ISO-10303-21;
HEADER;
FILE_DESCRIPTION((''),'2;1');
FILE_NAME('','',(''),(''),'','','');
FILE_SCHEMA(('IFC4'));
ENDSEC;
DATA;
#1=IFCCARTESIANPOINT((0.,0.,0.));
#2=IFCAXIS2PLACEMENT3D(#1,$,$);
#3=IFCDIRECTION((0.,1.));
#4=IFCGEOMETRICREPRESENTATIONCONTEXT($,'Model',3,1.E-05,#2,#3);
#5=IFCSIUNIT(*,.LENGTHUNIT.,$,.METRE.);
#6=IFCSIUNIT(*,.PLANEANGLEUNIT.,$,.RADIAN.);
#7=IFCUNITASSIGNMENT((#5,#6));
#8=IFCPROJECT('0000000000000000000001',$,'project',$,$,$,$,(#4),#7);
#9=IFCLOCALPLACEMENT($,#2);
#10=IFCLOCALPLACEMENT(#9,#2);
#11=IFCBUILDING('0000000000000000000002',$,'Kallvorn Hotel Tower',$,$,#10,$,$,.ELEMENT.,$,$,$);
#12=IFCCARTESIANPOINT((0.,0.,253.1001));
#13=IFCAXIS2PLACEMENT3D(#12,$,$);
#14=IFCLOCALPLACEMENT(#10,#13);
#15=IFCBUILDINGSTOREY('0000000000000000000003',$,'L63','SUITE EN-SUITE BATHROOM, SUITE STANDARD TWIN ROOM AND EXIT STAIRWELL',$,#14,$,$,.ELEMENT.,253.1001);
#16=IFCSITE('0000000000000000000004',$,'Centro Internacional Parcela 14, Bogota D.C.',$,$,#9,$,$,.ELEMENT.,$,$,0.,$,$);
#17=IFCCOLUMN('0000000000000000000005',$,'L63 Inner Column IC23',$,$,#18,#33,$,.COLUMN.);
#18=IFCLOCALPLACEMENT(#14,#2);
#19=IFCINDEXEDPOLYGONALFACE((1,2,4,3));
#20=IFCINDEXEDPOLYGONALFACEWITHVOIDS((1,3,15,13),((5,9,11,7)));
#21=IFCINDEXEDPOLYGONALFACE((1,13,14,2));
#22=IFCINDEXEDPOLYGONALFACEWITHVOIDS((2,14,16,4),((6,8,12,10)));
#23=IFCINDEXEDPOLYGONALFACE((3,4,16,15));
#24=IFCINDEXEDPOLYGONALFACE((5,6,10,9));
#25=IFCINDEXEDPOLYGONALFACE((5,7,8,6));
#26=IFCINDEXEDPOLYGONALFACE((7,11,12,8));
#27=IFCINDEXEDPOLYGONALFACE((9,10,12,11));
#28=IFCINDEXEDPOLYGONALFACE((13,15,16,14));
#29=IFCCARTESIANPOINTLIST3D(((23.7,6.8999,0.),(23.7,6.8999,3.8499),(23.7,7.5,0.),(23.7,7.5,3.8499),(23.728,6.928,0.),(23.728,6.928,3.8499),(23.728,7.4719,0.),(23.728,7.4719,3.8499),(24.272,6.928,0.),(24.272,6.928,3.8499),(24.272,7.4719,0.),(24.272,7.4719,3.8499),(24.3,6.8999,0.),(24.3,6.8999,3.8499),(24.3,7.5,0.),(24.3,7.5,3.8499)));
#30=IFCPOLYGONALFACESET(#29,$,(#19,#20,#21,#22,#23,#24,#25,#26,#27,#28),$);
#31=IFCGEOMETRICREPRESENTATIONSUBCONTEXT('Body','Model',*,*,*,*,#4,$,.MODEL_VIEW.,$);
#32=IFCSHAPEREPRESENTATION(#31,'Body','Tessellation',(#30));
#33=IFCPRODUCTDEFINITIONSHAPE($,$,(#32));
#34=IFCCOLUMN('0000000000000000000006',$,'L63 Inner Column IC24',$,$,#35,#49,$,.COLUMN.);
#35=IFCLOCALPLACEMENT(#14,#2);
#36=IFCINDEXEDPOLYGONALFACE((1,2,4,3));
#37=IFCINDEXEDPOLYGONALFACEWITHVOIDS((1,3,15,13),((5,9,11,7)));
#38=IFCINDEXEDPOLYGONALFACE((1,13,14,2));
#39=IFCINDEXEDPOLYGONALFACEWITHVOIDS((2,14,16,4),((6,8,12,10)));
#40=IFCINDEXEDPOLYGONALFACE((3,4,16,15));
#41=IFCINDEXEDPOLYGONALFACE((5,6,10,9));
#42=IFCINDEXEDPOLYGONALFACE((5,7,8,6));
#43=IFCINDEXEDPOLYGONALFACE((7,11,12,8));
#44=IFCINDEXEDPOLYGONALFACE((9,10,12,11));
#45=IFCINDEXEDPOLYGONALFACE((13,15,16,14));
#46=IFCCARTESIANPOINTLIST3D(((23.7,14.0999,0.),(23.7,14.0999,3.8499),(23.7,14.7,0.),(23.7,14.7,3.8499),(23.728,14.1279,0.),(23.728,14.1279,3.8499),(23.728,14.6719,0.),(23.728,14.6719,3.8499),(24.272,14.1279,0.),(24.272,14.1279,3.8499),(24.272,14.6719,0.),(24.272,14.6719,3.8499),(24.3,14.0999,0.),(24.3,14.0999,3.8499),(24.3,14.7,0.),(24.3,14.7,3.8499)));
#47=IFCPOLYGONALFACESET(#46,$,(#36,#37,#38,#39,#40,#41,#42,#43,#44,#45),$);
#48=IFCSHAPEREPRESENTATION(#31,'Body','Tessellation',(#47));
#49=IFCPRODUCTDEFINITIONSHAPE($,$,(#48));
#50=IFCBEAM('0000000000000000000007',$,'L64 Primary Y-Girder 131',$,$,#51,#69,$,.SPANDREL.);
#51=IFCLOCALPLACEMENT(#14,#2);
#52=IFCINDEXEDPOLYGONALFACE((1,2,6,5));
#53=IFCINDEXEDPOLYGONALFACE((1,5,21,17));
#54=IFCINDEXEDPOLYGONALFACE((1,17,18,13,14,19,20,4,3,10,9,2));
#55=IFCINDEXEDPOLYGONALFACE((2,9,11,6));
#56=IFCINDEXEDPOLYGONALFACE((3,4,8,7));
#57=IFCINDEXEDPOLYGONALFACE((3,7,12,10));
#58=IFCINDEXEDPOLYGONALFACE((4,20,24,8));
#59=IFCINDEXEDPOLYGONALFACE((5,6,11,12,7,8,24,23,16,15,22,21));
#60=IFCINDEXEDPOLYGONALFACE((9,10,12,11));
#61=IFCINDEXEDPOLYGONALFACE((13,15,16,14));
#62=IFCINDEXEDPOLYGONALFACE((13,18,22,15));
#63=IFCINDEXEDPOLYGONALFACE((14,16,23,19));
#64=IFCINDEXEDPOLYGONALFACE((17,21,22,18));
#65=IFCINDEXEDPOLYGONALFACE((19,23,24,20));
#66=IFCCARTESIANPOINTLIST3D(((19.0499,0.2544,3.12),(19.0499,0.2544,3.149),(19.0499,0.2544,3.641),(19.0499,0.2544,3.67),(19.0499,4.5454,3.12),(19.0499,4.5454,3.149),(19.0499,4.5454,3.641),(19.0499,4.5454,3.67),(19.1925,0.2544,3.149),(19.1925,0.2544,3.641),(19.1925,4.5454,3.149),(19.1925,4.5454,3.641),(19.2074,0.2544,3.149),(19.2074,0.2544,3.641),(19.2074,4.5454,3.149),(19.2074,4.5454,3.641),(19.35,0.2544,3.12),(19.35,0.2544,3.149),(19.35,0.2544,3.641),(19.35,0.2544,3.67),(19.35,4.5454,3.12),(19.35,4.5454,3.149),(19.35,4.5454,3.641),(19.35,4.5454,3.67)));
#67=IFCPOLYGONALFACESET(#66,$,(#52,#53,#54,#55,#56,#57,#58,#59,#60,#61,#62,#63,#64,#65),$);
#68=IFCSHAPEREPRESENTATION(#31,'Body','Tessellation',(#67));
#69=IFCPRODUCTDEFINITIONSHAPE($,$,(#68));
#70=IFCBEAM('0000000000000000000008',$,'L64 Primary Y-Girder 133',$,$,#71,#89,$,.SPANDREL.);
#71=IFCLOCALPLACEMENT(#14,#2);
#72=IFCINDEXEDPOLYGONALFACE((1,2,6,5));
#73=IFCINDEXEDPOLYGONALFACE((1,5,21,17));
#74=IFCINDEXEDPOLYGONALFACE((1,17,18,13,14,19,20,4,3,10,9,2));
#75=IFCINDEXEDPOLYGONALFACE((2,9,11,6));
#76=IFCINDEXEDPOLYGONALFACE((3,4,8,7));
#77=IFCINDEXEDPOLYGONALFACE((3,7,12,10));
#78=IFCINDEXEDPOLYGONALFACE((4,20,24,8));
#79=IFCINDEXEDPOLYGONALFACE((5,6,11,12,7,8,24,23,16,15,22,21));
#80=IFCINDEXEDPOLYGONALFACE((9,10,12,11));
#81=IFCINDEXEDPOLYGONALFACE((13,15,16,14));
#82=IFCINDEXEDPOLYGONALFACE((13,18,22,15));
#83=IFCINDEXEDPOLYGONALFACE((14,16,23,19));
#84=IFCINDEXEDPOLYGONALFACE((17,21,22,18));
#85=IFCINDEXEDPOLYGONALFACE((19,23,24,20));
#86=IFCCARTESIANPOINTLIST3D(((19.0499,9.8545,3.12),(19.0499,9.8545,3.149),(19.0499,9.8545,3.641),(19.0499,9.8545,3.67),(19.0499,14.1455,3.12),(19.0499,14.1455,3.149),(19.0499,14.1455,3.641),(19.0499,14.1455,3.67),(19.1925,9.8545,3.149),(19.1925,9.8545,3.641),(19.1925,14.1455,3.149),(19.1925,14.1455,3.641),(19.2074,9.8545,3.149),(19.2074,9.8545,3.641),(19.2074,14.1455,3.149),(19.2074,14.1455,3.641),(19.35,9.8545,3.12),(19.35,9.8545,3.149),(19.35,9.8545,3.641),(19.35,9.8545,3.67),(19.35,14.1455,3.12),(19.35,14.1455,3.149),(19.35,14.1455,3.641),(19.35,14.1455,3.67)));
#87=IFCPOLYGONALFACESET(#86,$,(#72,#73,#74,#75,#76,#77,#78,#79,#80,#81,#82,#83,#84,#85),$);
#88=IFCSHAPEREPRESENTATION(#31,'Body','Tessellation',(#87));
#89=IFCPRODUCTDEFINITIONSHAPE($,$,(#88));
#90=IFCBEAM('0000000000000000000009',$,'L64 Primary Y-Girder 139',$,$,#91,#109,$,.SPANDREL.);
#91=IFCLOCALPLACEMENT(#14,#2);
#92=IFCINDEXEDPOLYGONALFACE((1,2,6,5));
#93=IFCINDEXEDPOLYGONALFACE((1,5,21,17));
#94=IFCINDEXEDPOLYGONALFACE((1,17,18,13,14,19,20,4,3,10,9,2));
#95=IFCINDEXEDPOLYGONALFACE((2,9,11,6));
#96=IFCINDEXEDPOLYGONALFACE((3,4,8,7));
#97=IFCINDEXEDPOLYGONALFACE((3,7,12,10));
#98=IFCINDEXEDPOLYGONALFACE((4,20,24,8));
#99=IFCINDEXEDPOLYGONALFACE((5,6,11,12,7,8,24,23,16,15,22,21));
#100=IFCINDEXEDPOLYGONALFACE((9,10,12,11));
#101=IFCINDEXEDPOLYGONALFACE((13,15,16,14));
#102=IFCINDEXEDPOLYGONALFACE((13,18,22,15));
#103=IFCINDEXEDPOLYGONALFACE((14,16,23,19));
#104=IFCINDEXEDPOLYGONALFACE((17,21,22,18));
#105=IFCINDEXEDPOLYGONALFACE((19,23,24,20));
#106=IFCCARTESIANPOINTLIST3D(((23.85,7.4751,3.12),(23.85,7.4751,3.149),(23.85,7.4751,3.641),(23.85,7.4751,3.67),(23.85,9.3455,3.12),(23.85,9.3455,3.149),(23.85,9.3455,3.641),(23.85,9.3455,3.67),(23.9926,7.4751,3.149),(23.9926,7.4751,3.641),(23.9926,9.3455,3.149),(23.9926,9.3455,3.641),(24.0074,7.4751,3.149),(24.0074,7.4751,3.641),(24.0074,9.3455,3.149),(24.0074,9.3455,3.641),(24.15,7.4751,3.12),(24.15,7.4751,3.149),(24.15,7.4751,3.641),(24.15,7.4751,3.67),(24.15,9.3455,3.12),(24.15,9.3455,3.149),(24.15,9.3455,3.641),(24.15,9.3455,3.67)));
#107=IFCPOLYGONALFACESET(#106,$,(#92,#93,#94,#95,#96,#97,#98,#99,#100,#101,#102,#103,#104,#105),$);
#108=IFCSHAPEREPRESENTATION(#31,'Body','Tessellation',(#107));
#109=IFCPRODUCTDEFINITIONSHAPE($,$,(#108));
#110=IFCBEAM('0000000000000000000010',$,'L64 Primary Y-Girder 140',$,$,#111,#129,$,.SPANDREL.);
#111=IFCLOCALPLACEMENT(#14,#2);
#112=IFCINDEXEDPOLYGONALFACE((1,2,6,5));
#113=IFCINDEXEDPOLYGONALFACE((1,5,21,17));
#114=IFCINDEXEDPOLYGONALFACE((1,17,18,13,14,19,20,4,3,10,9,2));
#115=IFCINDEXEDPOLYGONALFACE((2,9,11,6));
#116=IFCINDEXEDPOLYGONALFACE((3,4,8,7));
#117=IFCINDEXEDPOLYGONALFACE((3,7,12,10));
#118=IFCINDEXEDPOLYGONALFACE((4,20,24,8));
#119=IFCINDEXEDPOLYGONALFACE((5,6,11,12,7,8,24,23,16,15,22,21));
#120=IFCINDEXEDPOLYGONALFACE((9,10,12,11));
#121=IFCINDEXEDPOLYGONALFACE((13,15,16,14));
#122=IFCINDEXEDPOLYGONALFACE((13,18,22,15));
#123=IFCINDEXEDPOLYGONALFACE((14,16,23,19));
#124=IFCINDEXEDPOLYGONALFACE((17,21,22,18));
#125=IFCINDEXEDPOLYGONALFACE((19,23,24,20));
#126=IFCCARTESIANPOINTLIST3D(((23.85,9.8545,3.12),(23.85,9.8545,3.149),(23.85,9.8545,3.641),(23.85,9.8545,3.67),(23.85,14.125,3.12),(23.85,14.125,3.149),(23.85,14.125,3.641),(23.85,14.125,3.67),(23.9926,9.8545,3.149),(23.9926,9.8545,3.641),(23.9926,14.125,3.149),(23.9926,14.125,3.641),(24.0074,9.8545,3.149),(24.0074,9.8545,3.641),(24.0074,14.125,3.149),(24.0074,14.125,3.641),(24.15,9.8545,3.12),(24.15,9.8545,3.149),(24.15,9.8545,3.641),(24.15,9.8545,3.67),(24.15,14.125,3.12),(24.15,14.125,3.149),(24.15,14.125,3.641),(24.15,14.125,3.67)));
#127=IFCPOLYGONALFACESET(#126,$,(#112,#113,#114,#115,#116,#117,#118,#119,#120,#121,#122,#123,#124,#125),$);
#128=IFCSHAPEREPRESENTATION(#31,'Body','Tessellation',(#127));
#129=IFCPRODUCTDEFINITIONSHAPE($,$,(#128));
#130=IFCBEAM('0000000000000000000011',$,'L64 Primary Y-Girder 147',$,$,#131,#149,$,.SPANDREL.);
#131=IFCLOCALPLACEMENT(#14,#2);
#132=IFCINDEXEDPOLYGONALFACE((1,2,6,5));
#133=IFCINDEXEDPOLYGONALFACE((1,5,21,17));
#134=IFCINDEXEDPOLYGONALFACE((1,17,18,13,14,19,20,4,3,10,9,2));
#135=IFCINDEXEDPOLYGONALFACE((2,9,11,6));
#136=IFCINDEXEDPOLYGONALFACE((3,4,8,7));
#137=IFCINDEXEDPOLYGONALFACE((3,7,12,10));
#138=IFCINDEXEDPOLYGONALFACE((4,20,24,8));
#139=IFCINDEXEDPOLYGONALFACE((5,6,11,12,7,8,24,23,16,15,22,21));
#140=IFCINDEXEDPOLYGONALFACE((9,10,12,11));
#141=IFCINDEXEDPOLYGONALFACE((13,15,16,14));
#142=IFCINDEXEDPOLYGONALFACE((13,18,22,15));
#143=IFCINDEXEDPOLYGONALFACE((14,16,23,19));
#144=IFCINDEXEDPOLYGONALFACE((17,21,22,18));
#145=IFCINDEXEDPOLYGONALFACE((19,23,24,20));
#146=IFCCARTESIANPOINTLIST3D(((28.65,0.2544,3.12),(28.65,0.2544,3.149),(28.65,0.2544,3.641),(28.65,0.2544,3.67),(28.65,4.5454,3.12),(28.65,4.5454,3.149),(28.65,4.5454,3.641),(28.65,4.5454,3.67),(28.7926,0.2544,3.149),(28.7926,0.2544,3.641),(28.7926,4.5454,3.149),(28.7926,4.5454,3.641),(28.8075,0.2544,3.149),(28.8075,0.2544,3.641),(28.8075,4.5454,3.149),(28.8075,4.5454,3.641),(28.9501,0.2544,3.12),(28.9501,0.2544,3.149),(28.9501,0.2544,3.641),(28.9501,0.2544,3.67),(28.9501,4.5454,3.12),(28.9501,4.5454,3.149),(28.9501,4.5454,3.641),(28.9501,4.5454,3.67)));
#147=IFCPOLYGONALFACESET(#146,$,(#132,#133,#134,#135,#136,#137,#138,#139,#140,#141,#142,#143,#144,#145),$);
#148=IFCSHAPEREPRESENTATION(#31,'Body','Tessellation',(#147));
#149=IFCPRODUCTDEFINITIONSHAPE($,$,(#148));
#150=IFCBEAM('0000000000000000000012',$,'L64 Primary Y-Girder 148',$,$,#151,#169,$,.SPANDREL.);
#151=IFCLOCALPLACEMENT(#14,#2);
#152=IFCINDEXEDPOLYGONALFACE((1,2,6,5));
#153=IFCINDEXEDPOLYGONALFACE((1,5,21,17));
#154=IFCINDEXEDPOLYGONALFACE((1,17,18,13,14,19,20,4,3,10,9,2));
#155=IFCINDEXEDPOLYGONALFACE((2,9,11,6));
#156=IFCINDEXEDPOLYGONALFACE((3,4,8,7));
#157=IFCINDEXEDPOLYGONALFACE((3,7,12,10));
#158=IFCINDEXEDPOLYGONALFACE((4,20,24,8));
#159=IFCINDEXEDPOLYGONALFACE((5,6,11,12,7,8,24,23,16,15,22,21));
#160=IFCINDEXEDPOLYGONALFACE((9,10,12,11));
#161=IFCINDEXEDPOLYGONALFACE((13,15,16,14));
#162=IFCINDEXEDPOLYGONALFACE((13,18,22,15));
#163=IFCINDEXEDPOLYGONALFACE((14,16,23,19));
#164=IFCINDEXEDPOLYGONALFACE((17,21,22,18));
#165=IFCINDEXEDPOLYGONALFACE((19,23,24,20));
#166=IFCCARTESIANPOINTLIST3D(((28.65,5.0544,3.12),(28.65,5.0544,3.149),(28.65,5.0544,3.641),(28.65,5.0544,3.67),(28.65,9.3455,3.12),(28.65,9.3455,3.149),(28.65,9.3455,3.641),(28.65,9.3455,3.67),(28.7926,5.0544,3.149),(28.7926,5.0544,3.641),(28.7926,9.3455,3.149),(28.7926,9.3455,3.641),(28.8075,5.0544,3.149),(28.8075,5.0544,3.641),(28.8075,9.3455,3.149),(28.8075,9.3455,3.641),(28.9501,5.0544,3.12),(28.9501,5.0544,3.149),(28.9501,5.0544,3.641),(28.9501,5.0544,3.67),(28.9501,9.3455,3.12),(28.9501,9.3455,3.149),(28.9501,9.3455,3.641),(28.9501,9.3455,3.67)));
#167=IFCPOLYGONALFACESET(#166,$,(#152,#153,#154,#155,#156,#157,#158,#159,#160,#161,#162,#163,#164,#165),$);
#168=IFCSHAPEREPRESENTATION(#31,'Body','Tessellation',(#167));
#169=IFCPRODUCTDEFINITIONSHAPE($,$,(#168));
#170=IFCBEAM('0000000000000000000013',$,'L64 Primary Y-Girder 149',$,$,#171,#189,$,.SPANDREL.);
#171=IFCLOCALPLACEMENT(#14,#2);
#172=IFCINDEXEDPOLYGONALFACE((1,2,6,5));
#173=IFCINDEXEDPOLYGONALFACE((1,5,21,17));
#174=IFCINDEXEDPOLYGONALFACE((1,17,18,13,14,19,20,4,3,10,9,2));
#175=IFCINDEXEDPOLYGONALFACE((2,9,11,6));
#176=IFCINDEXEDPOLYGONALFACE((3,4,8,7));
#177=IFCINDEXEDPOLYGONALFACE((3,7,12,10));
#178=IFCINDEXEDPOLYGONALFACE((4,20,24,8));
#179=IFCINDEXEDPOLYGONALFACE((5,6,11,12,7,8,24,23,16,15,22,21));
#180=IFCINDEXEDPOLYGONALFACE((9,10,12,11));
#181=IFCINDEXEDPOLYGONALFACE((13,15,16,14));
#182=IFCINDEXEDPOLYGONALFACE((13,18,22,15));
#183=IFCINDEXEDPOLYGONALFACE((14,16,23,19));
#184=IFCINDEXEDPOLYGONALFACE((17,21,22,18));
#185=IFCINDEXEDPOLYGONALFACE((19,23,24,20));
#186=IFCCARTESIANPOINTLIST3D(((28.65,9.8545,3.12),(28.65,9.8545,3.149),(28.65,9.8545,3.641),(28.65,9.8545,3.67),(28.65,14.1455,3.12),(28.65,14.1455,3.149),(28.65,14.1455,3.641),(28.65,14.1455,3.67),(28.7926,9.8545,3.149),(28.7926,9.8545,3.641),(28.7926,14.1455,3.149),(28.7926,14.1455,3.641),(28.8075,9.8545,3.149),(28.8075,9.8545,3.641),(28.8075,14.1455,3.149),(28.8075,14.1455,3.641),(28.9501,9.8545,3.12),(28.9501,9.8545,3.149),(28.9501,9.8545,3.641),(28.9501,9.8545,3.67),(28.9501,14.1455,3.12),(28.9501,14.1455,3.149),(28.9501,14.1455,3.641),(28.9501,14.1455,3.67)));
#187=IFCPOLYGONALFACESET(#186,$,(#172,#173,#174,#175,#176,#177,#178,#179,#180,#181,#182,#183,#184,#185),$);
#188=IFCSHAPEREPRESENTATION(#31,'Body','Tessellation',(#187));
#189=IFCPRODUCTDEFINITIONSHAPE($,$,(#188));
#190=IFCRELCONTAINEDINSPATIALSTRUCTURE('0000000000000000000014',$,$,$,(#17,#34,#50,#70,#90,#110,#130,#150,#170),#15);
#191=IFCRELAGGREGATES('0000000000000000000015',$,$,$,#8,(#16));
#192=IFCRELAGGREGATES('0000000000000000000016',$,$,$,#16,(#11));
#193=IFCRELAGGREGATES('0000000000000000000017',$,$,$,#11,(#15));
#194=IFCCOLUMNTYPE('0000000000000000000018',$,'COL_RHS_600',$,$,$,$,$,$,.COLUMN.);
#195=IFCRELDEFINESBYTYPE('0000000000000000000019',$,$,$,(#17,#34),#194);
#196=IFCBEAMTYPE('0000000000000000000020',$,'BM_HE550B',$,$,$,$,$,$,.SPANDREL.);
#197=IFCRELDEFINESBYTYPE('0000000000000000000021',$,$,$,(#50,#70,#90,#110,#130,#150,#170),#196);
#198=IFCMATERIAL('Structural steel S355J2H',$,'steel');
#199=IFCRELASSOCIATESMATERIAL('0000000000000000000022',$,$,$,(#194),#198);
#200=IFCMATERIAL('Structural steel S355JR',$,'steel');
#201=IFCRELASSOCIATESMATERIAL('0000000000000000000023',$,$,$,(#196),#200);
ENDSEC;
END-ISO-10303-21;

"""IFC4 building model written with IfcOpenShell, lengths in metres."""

from ifc_helpers import new_model, si_unit, direction, frame, origin, origin_2d, place, context, subcontext, project, spatial, hollow_rectangle, i_section, extrude, material, material_profile, profile_set, type_object, element, save


model = new_model("IFC4")

# Units and contexts
model_context = context("Model", 3, precision=1e-05, world=origin(), true_north=direction((0.0, 1.0)))
body_context = subcontext(model_context, "Body", "Model", "MODEL_VIEW")
ifc_project = project(units=[si_unit("LENGTHUNIT", "METRE"), si_unit("PLANEANGLEUNIT", "RADIAN")], contexts=[model_context])

# Site, building, storey
site_placement = place(None, origin())
site = spatial("IfcSite", under=ifc_project, at=site_placement, Name="Centro Internacional Parcela 14, Bogota D.C.", CompositionType="ELEMENT", RefElevation=0.0)
building_placement = place(site_placement, origin())
building = spatial("IfcBuilding", under=site, at=building_placement, Name="Kallvorn Hotel Tower", CompositionType="ELEMENT")
storey_placement = place(building_placement, frame((0.0, 0.0, 253.1001)))
storey = spatial("IfcBuildingStorey", under=building, at=storey_placement, Name="L63", Description="SUITE EN-SUITE BATHROOM, SUITE STANDARD TWIN ROOM AND EXIT STAIRWELL", CompositionType="ELEMENT", Elevation=253.1001)

# Columns
ifc_material_1 = material(Name="Structural steel S355J2H", Category="steel")
ifc_material_profile_1 = material_profile(ifc_material_1, hollow_rectangle(XDim=0.6001, YDim=0.6001, WallThickness=0.0281, at=origin_2d()), Name="RHS 600x600x28")
ifc_profile_set_1 = profile_set([ifc_material_profile_1], Name="Structural steel S355J2H")
column_type_1 = type_object("IfcColumnType", Name="COL_RHS_600", PredefinedType="COLUMN", material=ifc_profile_set_1)
for number, where, z_axis, x_axis, name in (
    (1, (24.0, 7.2, 0.0), (0.0, 0.0, 1.0), (1.0, 0.0, 0.0), "L63 Inner Column IC23"),
    (2, (24.0, 14.3999, 0.0), (0.0, 0.0, 1.0), (1.0, 0.0, 0.0), "L63 Inner Column IC24"),
):
    element("IfcColumn", number, at=place(storey_placement, frame(where, z_axis=z_axis, x_axis=x_axis)), inside=storey, type_object=column_type_1, Name=name, PredefinedType="COLUMN", context=body_context, shape_type="SweptSolid", body=[
        extrude(hollow_rectangle(XDim=0.6001, YDim=0.6001, WallThickness=0.0281, at=origin_2d()), origin(), (0.0, 0.0, 1.0), 3.8499),
    ])

# Beams
ifc_material_2 = material(Name="Structural steel S355JR", Category="steel")
ifc_material_profile_2 = material_profile(ifc_material_2, i_section(OverallWidth=0.3, OverallDepth=0.55, WebThickness=0.0149, FlangeThickness=0.0291, at=origin_2d()), Name="HE 550 B")
ifc_profile_set_2 = profile_set([ifc_material_profile_2], Name="Structural steel S355JR")
beam_type_1 = type_object("IfcBeamType", Name="BM_HE550B", PredefinedType="SPANDREL", material=ifc_profile_set_2)
for number, where, z_axis, x_axis, name in (
    (3, (19.2, 0.2544, 3.395), (0.0, 1.0, 0.0), (-1.0, 0.0, 0.0), "L64 Primary Y-Girder 131"),
    (4, (19.2, 9.8545, 3.395), (0.0, 1.0, 0.0), (-1.0, 0.0, 0.0), "L64 Primary Y-Girder 133"),
):
    element("IfcBeam", number, at=place(storey_placement, frame(where, z_axis=z_axis, x_axis=x_axis)), inside=storey, type_object=beam_type_1, Name=name, PredefinedType="SPANDREL", context=body_context, shape_type="SweptSolid", body=[
        extrude(i_section(OverallWidth=0.3, OverallDepth=0.55, WebThickness=0.0149, FlangeThickness=0.0291, at=origin_2d()), origin(), (0.0, 0.0, 1.0), 4.291),
    ])
beam_1_placement = place(storey_placement, frame((24.0, 7.4751, 3.395), z_axis=(0.0, 1.0, 0.0), x_axis=(-1.0, 0.0, 0.0)))
element("IfcBeam", 5, at=beam_1_placement, inside=storey, type_object=beam_type_1, Name="L64 Primary Y-Girder 139", PredefinedType="SPANDREL", context=body_context, shape_type="SweptSolid", body=[
    extrude(i_section(OverallWidth=0.3, OverallDepth=0.55, WebThickness=0.0149, FlangeThickness=0.0291, at=origin_2d()), origin(), (0.0, 0.0, 1.0), 1.8704),
])
beam_2_placement = place(storey_placement, frame((24.0, 9.8545, 3.395), z_axis=(0.0, 1.0, 0.0), x_axis=(-1.0, 0.0, 0.0)))
element("IfcBeam", 6, at=beam_2_placement, inside=storey, type_object=beam_type_1, Name="L64 Primary Y-Girder 140", PredefinedType="SPANDREL", context=body_context, shape_type="SweptSolid", body=[
    extrude(i_section(OverallWidth=0.3, OverallDepth=0.55, WebThickness=0.0149, FlangeThickness=0.0291, at=origin_2d()), origin(), (0.0, 0.0, 1.0), 4.2705),
])
for number, where, z_axis, x_axis, name in (
    (7, (28.8, 0.2544, 3.395), (0.0, 1.0, 0.0), (-1.0, 0.0, 0.0), "L64 Primary Y-Girder 147"),
    (8, (28.8, 5.0544, 3.395), (0.0, 1.0, 0.0), (-1.0, 0.0, 0.0), "L64 Primary Y-Girder 148"),
    (9, (28.8, 9.8545, 3.395), (0.0, 1.0, 0.0), (-1.0, 0.0, 0.0), "L64 Primary Y-Girder 149"),
):
    element("IfcBeam", number, at=place(storey_placement, frame(where, z_axis=z_axis, x_axis=x_axis)), inside=storey, type_object=beam_type_1, Name=name, PredefinedType="SPANDREL", context=body_context, shape_type="SweptSolid", body=[
        extrude(i_section(OverallWidth=0.3, OverallDepth=0.55, WebThickness=0.0149, FlangeThickness=0.0291, at=origin_2d()), origin(), (0.0, 0.0, 1.0), 4.291),
    ])

save(model, "model.ifc")
